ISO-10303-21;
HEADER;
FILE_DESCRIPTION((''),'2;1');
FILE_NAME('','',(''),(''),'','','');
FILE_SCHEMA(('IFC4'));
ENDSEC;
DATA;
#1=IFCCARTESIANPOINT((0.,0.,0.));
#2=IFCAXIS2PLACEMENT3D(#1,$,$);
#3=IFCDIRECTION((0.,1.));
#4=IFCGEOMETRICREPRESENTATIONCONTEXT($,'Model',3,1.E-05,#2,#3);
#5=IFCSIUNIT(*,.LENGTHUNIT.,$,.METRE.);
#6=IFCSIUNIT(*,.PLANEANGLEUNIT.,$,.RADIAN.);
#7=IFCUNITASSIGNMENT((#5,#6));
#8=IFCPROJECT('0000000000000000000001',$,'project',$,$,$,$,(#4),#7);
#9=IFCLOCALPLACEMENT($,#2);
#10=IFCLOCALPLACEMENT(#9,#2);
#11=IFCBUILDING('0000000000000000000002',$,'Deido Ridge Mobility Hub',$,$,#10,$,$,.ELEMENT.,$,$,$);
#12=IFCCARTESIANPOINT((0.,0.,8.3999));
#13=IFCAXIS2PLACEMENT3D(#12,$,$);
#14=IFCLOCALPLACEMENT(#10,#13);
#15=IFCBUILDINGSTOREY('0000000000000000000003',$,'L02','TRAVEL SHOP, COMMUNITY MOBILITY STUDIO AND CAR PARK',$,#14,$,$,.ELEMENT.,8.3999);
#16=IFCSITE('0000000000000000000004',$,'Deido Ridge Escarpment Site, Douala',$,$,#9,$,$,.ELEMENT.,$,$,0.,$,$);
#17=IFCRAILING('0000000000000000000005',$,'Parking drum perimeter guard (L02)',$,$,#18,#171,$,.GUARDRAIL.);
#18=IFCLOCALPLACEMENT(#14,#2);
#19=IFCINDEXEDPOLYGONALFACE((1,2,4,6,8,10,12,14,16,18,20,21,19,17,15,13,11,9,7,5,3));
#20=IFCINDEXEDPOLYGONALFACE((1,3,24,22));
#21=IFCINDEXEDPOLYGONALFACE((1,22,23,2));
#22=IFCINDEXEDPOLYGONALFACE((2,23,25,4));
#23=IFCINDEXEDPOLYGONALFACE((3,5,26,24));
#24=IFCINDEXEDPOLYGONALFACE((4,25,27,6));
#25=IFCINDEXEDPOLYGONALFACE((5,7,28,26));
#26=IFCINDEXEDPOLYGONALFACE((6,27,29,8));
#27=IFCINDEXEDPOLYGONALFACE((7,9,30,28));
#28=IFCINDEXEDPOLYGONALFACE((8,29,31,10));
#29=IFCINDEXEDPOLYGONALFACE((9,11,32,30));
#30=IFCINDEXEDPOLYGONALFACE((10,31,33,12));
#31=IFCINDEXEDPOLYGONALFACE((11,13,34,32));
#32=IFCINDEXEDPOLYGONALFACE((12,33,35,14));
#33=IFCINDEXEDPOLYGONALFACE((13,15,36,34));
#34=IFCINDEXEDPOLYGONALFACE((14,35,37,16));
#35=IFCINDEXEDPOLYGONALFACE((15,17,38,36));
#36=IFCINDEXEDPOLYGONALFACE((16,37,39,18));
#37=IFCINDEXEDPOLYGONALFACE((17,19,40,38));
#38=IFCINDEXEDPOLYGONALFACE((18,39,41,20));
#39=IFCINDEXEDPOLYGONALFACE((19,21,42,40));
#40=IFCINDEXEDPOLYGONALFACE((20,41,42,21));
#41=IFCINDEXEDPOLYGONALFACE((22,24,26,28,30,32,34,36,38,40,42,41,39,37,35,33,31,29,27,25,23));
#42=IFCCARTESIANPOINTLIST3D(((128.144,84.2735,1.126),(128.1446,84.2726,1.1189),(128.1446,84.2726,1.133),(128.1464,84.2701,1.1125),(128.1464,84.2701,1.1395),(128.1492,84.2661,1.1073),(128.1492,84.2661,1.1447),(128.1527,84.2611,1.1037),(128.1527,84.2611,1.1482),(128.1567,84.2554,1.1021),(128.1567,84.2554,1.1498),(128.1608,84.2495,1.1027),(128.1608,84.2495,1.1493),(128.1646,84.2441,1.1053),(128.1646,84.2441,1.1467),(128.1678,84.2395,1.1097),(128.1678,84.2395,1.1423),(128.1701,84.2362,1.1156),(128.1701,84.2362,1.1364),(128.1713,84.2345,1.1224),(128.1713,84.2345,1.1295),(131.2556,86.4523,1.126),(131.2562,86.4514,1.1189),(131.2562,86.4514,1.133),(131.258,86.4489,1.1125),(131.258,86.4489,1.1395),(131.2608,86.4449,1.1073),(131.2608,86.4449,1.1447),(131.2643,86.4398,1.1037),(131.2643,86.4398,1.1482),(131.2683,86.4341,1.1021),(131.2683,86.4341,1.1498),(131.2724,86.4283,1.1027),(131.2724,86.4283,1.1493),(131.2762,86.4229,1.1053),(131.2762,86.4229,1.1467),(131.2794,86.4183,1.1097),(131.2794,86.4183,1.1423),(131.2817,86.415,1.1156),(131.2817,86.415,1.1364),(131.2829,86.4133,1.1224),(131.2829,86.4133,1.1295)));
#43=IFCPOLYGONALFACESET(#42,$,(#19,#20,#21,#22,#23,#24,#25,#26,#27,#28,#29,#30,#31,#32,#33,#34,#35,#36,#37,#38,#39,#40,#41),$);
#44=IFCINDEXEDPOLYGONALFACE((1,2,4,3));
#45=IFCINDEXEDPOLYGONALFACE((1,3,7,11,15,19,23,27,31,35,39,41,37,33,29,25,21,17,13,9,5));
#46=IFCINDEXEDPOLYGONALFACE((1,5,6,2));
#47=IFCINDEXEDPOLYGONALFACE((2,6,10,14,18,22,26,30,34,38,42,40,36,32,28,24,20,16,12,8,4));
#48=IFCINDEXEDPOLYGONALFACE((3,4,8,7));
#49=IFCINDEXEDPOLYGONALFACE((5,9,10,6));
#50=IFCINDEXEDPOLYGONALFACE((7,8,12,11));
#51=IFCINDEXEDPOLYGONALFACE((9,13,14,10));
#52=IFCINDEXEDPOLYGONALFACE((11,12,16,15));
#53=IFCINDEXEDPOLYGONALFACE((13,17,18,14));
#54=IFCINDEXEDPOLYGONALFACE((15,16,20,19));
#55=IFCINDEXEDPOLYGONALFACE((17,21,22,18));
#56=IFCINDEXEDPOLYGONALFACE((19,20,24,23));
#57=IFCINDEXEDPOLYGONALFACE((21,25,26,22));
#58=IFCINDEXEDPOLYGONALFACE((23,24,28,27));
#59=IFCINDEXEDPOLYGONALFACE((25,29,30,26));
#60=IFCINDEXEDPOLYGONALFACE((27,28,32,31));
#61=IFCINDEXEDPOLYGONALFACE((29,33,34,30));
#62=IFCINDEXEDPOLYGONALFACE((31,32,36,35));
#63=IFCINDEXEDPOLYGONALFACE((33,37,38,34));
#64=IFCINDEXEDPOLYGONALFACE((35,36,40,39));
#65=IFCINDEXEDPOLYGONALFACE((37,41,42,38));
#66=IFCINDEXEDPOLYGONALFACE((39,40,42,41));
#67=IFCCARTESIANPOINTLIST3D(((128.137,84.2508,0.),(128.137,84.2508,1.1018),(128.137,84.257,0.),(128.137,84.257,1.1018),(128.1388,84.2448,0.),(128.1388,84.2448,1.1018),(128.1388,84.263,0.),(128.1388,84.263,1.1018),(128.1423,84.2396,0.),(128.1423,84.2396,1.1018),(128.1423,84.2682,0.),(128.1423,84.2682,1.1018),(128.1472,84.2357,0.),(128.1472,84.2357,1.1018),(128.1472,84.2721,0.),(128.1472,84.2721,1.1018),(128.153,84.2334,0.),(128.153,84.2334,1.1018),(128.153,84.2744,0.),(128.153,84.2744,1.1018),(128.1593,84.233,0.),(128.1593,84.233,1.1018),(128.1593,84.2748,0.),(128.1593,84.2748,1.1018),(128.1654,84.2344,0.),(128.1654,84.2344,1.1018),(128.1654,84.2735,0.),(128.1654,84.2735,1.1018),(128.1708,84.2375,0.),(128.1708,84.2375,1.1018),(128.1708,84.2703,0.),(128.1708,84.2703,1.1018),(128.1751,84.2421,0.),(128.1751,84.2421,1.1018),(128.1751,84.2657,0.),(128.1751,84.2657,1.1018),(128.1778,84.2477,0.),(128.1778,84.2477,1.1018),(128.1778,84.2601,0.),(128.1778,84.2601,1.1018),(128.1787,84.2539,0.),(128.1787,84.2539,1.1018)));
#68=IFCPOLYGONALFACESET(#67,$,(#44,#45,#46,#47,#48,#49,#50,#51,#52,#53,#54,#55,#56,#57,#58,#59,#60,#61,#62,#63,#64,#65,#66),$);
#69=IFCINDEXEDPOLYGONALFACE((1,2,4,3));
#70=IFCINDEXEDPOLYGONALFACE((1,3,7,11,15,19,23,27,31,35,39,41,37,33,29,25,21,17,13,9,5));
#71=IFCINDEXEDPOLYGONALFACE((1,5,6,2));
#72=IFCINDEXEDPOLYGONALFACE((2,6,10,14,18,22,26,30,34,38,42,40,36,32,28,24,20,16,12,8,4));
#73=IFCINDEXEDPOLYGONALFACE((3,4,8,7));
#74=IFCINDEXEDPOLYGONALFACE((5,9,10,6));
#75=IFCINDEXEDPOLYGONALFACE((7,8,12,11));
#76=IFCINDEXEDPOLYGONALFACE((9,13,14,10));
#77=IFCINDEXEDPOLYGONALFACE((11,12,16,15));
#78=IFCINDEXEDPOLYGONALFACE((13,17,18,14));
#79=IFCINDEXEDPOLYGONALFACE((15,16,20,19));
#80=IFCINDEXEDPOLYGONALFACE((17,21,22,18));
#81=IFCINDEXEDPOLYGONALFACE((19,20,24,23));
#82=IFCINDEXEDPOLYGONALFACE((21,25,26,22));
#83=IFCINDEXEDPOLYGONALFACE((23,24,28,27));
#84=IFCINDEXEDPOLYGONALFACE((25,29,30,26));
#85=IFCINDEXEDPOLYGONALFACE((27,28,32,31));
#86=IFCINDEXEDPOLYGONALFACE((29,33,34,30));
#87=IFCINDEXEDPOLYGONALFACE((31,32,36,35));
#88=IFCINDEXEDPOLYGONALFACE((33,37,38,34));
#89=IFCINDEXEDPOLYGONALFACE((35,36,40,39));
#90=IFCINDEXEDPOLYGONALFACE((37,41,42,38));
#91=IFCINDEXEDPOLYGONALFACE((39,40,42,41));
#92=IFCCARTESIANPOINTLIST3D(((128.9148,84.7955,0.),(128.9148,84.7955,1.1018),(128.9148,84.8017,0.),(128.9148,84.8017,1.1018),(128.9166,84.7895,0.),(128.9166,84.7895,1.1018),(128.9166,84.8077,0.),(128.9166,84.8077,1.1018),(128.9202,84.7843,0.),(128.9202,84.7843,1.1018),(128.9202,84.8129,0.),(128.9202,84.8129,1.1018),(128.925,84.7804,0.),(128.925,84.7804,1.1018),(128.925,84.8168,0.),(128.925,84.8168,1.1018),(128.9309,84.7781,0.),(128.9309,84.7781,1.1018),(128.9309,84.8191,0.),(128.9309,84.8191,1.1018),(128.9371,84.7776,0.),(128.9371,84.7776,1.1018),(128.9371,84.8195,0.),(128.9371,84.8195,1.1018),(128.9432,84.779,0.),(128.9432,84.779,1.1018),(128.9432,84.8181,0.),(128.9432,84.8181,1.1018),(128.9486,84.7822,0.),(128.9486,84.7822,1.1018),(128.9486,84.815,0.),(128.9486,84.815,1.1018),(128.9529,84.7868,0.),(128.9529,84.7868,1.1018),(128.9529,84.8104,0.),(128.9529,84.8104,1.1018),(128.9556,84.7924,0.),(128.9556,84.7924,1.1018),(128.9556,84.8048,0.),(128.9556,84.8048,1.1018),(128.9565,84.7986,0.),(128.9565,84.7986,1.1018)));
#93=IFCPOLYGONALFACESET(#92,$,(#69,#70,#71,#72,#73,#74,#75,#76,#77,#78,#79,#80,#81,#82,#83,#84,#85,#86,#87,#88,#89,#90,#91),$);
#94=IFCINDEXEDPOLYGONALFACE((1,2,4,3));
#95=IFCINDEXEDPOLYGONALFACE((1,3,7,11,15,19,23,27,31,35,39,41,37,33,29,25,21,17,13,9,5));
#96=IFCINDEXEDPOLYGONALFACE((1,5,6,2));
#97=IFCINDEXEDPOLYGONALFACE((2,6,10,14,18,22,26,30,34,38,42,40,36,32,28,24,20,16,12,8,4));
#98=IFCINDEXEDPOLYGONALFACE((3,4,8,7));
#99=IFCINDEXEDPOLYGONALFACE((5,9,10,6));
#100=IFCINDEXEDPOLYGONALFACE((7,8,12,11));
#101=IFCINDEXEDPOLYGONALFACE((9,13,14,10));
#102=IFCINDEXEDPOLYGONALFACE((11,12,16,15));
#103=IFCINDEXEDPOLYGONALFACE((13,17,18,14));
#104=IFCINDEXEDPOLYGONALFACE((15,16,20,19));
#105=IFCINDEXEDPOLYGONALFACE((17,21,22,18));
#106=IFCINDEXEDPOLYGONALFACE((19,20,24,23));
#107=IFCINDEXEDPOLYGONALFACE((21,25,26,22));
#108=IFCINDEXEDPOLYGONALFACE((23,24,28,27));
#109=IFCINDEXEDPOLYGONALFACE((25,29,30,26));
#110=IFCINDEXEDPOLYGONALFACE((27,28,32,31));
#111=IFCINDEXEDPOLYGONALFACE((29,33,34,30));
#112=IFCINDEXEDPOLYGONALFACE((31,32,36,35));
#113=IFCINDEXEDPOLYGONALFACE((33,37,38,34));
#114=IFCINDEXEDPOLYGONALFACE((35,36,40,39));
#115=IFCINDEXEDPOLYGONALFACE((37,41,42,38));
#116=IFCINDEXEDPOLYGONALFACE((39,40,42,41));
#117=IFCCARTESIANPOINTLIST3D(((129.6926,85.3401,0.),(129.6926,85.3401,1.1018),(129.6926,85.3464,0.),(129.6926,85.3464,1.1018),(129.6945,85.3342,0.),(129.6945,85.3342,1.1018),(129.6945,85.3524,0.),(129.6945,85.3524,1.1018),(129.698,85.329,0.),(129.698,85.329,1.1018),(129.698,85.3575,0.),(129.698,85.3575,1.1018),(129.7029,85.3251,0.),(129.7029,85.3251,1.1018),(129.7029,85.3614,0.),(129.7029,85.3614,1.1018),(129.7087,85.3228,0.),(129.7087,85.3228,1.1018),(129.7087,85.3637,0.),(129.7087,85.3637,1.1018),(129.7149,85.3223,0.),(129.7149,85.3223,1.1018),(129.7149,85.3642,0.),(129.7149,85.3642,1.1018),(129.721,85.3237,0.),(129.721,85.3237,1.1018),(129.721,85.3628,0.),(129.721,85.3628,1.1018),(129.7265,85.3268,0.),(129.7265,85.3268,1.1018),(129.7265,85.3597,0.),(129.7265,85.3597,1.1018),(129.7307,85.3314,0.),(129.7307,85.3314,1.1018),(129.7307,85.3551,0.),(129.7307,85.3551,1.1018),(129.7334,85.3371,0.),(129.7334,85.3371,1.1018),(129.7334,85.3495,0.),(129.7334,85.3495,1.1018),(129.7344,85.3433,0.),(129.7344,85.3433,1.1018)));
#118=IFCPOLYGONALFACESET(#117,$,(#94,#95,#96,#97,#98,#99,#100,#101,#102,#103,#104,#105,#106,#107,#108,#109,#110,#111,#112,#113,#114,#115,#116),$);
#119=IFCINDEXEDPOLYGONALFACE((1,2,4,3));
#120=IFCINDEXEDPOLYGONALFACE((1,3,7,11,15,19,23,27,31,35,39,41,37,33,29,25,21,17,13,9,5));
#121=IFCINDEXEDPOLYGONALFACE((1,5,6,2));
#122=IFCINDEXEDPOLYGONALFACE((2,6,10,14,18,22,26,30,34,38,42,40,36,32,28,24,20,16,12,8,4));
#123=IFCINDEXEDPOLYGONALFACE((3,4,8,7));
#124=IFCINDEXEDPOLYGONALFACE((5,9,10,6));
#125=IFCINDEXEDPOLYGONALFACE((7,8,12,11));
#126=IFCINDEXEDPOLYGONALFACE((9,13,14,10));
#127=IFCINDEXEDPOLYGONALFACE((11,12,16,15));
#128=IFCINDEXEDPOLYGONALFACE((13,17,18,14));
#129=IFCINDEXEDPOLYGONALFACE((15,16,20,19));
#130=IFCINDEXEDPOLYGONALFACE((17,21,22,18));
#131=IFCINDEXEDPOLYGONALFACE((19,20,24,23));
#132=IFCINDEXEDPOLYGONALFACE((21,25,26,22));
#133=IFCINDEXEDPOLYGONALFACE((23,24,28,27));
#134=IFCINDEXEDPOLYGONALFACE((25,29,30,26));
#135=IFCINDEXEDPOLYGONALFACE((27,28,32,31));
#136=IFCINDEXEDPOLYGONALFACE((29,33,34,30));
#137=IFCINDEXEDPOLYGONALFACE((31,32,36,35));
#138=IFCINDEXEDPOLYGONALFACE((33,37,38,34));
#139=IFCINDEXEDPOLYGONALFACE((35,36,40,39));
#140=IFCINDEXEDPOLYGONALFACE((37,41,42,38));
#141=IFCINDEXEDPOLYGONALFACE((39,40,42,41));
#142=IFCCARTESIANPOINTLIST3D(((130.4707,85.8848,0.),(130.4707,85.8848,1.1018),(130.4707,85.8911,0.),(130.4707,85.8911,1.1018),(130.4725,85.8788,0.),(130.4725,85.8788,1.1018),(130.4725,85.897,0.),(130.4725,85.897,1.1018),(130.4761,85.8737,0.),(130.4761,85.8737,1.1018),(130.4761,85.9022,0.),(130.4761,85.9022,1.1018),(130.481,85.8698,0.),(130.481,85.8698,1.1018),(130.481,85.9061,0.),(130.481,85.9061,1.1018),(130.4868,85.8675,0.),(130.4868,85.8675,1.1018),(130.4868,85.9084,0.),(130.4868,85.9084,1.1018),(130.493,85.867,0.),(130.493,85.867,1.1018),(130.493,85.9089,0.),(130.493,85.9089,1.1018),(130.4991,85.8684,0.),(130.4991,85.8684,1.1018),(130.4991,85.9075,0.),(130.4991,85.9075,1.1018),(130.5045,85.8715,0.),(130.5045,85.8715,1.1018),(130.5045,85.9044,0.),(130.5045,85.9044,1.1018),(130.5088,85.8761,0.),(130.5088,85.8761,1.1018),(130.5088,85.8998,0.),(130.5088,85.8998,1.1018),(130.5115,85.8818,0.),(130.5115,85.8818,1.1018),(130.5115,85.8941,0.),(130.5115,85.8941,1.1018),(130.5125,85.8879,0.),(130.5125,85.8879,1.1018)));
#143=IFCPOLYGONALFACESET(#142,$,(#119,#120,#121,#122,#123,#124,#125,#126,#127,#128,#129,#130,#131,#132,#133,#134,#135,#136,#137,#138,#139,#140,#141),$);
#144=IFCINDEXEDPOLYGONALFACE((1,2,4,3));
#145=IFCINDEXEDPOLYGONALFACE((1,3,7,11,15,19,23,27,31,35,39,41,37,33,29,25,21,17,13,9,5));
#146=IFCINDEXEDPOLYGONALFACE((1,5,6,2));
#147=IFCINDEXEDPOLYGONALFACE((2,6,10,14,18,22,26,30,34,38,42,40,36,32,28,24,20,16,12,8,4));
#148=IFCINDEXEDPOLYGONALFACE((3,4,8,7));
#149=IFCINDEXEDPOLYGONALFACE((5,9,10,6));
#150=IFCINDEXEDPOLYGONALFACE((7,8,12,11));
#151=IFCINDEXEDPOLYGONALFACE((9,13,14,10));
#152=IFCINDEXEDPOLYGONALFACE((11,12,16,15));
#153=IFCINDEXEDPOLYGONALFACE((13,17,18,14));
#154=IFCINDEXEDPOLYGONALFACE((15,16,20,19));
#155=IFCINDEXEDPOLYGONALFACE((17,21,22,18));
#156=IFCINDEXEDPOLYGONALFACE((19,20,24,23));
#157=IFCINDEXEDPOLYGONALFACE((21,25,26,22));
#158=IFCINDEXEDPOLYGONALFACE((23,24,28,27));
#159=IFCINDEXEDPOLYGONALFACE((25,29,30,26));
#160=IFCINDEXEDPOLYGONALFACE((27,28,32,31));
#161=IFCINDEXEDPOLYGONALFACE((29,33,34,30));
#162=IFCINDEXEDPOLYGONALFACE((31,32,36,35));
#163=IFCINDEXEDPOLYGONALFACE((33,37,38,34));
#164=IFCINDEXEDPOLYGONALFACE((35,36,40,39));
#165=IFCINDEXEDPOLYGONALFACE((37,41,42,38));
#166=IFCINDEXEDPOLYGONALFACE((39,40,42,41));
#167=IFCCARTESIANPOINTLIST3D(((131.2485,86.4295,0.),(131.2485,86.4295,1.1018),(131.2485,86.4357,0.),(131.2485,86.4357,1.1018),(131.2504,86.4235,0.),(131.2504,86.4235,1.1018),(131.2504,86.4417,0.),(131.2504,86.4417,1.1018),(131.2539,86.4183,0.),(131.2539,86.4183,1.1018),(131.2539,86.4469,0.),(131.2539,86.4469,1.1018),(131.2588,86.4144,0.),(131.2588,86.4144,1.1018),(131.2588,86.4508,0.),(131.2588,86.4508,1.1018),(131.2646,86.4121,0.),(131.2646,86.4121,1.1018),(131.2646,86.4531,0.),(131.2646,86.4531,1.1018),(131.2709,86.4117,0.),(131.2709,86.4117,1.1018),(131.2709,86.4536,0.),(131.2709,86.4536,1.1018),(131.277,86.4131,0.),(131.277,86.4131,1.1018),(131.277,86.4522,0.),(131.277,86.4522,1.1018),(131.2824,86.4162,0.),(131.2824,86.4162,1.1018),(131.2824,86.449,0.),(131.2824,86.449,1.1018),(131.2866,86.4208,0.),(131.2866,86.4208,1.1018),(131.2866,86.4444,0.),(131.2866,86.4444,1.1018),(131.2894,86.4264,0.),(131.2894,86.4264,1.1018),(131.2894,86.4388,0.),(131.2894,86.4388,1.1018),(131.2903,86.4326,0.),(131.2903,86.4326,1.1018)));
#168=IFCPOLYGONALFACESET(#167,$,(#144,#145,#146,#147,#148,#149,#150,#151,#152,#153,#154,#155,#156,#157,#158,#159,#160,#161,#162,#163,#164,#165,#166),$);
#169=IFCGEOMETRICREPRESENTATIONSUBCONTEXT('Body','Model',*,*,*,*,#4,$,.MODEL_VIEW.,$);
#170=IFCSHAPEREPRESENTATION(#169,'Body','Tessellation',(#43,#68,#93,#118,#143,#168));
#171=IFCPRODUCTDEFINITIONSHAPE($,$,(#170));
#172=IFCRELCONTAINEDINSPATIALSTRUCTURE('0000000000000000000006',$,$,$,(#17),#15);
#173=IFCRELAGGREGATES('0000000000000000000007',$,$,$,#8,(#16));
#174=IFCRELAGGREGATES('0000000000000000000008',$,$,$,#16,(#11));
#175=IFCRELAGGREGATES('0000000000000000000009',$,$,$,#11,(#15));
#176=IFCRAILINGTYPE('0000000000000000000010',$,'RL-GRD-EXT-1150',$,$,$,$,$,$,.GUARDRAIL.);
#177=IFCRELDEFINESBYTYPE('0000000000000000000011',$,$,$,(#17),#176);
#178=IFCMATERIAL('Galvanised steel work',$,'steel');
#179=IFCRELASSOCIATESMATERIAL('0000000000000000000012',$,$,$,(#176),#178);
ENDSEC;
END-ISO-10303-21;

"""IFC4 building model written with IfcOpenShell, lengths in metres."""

from ifc_helpers import new_model, si_unit, direction, frame, origin, origin_2d, place, context, subcontext, project, spatial, circle, extrude, material, type_object, element, save


model = new_model("IFC4")

# Units and contexts
model_context = context("Model", 3, precision=1e-05, world=origin(), true_north=direction((0.0, 1.0)))
body_context = subcontext(model_context, "Body", "Model", "MODEL_VIEW")
ifc_project = project(units=[si_unit("LENGTHUNIT", "METRE"), si_unit("PLANEANGLEUNIT", "RADIAN")], contexts=[model_context])

# Site, building, storey
site_placement = place(None, origin())
site = spatial("IfcSite", under=ifc_project, at=site_placement, Name="Deido Ridge Escarpment Site, Douala", CompositionType="ELEMENT", RefElevation=0.0)
building_placement = place(site_placement, origin())
building = spatial("IfcBuilding", under=site, at=building_placement, Name="Deido Ridge Mobility Hub", CompositionType="ELEMENT")
storey_placement = place(building_placement, frame((0.0, 0.0, 8.3999)))
storey = spatial("IfcBuildingStorey", under=building, at=storey_placement, Name="L02", Description="TRAVEL SHOP, COMMUNITY MOBILITY STUDIO AND CAR PARK", CompositionType="ELEMENT", Elevation=8.3999)

# Railing
ifc_material_1 = material(Name="Galvanised steel work", Category="steel")
railing_type = type_object("IfcRailingType", Name="RL-GRD-EXT-1150", PredefinedType="GUARDRAIL", material=ifc_material_1)
railing_1_placement = place(storey_placement, frame((128.1577, 84.2539, 0.0)))
element("IfcRailing", 1, at=railing_1_placement, inside=storey, type_object=railing_type, Name="Parking drum perimeter guard (L02)", PredefinedType="GUARDRAIL", context=body_context, shape_type="SweptSolid", body=[
    extrude(circle(Radius=0.0239, at=origin_2d()), frame((0.0, 0.0, 1.126), z_axis=(0.819156, 0.57357, 0.0), x_axis=(-0.57357, 0.819156, 0.0)), (0.0, 0.0, 1.0), 3.7986),
    extrude(circle(Radius=0.021, at=origin_2d()), origin(), (0.0, 0.0, 1.0), 1.1018),
    extrude(circle(Radius=0.021, at=origin_2d()), frame((0.7778, 0.5447, 0.0)), (0.0, 0.0, 1.0), 1.1018),
    extrude(circle(Radius=0.021, at=origin_2d()), frame((1.5557, 1.0894, 0.0)), (0.0, 0.0, 1.0), 1.1018),
    extrude(circle(Radius=0.021, at=origin_2d()), frame((2.3337, 1.634, 0.0)), (0.0, 0.0, 1.0), 1.1018),
    extrude(circle(Radius=0.021, at=origin_2d()), frame((3.1116, 2.1787, 0.0)), (0.0, 0.0, 1.0), 1.1018),
])

save(model, "model.ifc")
